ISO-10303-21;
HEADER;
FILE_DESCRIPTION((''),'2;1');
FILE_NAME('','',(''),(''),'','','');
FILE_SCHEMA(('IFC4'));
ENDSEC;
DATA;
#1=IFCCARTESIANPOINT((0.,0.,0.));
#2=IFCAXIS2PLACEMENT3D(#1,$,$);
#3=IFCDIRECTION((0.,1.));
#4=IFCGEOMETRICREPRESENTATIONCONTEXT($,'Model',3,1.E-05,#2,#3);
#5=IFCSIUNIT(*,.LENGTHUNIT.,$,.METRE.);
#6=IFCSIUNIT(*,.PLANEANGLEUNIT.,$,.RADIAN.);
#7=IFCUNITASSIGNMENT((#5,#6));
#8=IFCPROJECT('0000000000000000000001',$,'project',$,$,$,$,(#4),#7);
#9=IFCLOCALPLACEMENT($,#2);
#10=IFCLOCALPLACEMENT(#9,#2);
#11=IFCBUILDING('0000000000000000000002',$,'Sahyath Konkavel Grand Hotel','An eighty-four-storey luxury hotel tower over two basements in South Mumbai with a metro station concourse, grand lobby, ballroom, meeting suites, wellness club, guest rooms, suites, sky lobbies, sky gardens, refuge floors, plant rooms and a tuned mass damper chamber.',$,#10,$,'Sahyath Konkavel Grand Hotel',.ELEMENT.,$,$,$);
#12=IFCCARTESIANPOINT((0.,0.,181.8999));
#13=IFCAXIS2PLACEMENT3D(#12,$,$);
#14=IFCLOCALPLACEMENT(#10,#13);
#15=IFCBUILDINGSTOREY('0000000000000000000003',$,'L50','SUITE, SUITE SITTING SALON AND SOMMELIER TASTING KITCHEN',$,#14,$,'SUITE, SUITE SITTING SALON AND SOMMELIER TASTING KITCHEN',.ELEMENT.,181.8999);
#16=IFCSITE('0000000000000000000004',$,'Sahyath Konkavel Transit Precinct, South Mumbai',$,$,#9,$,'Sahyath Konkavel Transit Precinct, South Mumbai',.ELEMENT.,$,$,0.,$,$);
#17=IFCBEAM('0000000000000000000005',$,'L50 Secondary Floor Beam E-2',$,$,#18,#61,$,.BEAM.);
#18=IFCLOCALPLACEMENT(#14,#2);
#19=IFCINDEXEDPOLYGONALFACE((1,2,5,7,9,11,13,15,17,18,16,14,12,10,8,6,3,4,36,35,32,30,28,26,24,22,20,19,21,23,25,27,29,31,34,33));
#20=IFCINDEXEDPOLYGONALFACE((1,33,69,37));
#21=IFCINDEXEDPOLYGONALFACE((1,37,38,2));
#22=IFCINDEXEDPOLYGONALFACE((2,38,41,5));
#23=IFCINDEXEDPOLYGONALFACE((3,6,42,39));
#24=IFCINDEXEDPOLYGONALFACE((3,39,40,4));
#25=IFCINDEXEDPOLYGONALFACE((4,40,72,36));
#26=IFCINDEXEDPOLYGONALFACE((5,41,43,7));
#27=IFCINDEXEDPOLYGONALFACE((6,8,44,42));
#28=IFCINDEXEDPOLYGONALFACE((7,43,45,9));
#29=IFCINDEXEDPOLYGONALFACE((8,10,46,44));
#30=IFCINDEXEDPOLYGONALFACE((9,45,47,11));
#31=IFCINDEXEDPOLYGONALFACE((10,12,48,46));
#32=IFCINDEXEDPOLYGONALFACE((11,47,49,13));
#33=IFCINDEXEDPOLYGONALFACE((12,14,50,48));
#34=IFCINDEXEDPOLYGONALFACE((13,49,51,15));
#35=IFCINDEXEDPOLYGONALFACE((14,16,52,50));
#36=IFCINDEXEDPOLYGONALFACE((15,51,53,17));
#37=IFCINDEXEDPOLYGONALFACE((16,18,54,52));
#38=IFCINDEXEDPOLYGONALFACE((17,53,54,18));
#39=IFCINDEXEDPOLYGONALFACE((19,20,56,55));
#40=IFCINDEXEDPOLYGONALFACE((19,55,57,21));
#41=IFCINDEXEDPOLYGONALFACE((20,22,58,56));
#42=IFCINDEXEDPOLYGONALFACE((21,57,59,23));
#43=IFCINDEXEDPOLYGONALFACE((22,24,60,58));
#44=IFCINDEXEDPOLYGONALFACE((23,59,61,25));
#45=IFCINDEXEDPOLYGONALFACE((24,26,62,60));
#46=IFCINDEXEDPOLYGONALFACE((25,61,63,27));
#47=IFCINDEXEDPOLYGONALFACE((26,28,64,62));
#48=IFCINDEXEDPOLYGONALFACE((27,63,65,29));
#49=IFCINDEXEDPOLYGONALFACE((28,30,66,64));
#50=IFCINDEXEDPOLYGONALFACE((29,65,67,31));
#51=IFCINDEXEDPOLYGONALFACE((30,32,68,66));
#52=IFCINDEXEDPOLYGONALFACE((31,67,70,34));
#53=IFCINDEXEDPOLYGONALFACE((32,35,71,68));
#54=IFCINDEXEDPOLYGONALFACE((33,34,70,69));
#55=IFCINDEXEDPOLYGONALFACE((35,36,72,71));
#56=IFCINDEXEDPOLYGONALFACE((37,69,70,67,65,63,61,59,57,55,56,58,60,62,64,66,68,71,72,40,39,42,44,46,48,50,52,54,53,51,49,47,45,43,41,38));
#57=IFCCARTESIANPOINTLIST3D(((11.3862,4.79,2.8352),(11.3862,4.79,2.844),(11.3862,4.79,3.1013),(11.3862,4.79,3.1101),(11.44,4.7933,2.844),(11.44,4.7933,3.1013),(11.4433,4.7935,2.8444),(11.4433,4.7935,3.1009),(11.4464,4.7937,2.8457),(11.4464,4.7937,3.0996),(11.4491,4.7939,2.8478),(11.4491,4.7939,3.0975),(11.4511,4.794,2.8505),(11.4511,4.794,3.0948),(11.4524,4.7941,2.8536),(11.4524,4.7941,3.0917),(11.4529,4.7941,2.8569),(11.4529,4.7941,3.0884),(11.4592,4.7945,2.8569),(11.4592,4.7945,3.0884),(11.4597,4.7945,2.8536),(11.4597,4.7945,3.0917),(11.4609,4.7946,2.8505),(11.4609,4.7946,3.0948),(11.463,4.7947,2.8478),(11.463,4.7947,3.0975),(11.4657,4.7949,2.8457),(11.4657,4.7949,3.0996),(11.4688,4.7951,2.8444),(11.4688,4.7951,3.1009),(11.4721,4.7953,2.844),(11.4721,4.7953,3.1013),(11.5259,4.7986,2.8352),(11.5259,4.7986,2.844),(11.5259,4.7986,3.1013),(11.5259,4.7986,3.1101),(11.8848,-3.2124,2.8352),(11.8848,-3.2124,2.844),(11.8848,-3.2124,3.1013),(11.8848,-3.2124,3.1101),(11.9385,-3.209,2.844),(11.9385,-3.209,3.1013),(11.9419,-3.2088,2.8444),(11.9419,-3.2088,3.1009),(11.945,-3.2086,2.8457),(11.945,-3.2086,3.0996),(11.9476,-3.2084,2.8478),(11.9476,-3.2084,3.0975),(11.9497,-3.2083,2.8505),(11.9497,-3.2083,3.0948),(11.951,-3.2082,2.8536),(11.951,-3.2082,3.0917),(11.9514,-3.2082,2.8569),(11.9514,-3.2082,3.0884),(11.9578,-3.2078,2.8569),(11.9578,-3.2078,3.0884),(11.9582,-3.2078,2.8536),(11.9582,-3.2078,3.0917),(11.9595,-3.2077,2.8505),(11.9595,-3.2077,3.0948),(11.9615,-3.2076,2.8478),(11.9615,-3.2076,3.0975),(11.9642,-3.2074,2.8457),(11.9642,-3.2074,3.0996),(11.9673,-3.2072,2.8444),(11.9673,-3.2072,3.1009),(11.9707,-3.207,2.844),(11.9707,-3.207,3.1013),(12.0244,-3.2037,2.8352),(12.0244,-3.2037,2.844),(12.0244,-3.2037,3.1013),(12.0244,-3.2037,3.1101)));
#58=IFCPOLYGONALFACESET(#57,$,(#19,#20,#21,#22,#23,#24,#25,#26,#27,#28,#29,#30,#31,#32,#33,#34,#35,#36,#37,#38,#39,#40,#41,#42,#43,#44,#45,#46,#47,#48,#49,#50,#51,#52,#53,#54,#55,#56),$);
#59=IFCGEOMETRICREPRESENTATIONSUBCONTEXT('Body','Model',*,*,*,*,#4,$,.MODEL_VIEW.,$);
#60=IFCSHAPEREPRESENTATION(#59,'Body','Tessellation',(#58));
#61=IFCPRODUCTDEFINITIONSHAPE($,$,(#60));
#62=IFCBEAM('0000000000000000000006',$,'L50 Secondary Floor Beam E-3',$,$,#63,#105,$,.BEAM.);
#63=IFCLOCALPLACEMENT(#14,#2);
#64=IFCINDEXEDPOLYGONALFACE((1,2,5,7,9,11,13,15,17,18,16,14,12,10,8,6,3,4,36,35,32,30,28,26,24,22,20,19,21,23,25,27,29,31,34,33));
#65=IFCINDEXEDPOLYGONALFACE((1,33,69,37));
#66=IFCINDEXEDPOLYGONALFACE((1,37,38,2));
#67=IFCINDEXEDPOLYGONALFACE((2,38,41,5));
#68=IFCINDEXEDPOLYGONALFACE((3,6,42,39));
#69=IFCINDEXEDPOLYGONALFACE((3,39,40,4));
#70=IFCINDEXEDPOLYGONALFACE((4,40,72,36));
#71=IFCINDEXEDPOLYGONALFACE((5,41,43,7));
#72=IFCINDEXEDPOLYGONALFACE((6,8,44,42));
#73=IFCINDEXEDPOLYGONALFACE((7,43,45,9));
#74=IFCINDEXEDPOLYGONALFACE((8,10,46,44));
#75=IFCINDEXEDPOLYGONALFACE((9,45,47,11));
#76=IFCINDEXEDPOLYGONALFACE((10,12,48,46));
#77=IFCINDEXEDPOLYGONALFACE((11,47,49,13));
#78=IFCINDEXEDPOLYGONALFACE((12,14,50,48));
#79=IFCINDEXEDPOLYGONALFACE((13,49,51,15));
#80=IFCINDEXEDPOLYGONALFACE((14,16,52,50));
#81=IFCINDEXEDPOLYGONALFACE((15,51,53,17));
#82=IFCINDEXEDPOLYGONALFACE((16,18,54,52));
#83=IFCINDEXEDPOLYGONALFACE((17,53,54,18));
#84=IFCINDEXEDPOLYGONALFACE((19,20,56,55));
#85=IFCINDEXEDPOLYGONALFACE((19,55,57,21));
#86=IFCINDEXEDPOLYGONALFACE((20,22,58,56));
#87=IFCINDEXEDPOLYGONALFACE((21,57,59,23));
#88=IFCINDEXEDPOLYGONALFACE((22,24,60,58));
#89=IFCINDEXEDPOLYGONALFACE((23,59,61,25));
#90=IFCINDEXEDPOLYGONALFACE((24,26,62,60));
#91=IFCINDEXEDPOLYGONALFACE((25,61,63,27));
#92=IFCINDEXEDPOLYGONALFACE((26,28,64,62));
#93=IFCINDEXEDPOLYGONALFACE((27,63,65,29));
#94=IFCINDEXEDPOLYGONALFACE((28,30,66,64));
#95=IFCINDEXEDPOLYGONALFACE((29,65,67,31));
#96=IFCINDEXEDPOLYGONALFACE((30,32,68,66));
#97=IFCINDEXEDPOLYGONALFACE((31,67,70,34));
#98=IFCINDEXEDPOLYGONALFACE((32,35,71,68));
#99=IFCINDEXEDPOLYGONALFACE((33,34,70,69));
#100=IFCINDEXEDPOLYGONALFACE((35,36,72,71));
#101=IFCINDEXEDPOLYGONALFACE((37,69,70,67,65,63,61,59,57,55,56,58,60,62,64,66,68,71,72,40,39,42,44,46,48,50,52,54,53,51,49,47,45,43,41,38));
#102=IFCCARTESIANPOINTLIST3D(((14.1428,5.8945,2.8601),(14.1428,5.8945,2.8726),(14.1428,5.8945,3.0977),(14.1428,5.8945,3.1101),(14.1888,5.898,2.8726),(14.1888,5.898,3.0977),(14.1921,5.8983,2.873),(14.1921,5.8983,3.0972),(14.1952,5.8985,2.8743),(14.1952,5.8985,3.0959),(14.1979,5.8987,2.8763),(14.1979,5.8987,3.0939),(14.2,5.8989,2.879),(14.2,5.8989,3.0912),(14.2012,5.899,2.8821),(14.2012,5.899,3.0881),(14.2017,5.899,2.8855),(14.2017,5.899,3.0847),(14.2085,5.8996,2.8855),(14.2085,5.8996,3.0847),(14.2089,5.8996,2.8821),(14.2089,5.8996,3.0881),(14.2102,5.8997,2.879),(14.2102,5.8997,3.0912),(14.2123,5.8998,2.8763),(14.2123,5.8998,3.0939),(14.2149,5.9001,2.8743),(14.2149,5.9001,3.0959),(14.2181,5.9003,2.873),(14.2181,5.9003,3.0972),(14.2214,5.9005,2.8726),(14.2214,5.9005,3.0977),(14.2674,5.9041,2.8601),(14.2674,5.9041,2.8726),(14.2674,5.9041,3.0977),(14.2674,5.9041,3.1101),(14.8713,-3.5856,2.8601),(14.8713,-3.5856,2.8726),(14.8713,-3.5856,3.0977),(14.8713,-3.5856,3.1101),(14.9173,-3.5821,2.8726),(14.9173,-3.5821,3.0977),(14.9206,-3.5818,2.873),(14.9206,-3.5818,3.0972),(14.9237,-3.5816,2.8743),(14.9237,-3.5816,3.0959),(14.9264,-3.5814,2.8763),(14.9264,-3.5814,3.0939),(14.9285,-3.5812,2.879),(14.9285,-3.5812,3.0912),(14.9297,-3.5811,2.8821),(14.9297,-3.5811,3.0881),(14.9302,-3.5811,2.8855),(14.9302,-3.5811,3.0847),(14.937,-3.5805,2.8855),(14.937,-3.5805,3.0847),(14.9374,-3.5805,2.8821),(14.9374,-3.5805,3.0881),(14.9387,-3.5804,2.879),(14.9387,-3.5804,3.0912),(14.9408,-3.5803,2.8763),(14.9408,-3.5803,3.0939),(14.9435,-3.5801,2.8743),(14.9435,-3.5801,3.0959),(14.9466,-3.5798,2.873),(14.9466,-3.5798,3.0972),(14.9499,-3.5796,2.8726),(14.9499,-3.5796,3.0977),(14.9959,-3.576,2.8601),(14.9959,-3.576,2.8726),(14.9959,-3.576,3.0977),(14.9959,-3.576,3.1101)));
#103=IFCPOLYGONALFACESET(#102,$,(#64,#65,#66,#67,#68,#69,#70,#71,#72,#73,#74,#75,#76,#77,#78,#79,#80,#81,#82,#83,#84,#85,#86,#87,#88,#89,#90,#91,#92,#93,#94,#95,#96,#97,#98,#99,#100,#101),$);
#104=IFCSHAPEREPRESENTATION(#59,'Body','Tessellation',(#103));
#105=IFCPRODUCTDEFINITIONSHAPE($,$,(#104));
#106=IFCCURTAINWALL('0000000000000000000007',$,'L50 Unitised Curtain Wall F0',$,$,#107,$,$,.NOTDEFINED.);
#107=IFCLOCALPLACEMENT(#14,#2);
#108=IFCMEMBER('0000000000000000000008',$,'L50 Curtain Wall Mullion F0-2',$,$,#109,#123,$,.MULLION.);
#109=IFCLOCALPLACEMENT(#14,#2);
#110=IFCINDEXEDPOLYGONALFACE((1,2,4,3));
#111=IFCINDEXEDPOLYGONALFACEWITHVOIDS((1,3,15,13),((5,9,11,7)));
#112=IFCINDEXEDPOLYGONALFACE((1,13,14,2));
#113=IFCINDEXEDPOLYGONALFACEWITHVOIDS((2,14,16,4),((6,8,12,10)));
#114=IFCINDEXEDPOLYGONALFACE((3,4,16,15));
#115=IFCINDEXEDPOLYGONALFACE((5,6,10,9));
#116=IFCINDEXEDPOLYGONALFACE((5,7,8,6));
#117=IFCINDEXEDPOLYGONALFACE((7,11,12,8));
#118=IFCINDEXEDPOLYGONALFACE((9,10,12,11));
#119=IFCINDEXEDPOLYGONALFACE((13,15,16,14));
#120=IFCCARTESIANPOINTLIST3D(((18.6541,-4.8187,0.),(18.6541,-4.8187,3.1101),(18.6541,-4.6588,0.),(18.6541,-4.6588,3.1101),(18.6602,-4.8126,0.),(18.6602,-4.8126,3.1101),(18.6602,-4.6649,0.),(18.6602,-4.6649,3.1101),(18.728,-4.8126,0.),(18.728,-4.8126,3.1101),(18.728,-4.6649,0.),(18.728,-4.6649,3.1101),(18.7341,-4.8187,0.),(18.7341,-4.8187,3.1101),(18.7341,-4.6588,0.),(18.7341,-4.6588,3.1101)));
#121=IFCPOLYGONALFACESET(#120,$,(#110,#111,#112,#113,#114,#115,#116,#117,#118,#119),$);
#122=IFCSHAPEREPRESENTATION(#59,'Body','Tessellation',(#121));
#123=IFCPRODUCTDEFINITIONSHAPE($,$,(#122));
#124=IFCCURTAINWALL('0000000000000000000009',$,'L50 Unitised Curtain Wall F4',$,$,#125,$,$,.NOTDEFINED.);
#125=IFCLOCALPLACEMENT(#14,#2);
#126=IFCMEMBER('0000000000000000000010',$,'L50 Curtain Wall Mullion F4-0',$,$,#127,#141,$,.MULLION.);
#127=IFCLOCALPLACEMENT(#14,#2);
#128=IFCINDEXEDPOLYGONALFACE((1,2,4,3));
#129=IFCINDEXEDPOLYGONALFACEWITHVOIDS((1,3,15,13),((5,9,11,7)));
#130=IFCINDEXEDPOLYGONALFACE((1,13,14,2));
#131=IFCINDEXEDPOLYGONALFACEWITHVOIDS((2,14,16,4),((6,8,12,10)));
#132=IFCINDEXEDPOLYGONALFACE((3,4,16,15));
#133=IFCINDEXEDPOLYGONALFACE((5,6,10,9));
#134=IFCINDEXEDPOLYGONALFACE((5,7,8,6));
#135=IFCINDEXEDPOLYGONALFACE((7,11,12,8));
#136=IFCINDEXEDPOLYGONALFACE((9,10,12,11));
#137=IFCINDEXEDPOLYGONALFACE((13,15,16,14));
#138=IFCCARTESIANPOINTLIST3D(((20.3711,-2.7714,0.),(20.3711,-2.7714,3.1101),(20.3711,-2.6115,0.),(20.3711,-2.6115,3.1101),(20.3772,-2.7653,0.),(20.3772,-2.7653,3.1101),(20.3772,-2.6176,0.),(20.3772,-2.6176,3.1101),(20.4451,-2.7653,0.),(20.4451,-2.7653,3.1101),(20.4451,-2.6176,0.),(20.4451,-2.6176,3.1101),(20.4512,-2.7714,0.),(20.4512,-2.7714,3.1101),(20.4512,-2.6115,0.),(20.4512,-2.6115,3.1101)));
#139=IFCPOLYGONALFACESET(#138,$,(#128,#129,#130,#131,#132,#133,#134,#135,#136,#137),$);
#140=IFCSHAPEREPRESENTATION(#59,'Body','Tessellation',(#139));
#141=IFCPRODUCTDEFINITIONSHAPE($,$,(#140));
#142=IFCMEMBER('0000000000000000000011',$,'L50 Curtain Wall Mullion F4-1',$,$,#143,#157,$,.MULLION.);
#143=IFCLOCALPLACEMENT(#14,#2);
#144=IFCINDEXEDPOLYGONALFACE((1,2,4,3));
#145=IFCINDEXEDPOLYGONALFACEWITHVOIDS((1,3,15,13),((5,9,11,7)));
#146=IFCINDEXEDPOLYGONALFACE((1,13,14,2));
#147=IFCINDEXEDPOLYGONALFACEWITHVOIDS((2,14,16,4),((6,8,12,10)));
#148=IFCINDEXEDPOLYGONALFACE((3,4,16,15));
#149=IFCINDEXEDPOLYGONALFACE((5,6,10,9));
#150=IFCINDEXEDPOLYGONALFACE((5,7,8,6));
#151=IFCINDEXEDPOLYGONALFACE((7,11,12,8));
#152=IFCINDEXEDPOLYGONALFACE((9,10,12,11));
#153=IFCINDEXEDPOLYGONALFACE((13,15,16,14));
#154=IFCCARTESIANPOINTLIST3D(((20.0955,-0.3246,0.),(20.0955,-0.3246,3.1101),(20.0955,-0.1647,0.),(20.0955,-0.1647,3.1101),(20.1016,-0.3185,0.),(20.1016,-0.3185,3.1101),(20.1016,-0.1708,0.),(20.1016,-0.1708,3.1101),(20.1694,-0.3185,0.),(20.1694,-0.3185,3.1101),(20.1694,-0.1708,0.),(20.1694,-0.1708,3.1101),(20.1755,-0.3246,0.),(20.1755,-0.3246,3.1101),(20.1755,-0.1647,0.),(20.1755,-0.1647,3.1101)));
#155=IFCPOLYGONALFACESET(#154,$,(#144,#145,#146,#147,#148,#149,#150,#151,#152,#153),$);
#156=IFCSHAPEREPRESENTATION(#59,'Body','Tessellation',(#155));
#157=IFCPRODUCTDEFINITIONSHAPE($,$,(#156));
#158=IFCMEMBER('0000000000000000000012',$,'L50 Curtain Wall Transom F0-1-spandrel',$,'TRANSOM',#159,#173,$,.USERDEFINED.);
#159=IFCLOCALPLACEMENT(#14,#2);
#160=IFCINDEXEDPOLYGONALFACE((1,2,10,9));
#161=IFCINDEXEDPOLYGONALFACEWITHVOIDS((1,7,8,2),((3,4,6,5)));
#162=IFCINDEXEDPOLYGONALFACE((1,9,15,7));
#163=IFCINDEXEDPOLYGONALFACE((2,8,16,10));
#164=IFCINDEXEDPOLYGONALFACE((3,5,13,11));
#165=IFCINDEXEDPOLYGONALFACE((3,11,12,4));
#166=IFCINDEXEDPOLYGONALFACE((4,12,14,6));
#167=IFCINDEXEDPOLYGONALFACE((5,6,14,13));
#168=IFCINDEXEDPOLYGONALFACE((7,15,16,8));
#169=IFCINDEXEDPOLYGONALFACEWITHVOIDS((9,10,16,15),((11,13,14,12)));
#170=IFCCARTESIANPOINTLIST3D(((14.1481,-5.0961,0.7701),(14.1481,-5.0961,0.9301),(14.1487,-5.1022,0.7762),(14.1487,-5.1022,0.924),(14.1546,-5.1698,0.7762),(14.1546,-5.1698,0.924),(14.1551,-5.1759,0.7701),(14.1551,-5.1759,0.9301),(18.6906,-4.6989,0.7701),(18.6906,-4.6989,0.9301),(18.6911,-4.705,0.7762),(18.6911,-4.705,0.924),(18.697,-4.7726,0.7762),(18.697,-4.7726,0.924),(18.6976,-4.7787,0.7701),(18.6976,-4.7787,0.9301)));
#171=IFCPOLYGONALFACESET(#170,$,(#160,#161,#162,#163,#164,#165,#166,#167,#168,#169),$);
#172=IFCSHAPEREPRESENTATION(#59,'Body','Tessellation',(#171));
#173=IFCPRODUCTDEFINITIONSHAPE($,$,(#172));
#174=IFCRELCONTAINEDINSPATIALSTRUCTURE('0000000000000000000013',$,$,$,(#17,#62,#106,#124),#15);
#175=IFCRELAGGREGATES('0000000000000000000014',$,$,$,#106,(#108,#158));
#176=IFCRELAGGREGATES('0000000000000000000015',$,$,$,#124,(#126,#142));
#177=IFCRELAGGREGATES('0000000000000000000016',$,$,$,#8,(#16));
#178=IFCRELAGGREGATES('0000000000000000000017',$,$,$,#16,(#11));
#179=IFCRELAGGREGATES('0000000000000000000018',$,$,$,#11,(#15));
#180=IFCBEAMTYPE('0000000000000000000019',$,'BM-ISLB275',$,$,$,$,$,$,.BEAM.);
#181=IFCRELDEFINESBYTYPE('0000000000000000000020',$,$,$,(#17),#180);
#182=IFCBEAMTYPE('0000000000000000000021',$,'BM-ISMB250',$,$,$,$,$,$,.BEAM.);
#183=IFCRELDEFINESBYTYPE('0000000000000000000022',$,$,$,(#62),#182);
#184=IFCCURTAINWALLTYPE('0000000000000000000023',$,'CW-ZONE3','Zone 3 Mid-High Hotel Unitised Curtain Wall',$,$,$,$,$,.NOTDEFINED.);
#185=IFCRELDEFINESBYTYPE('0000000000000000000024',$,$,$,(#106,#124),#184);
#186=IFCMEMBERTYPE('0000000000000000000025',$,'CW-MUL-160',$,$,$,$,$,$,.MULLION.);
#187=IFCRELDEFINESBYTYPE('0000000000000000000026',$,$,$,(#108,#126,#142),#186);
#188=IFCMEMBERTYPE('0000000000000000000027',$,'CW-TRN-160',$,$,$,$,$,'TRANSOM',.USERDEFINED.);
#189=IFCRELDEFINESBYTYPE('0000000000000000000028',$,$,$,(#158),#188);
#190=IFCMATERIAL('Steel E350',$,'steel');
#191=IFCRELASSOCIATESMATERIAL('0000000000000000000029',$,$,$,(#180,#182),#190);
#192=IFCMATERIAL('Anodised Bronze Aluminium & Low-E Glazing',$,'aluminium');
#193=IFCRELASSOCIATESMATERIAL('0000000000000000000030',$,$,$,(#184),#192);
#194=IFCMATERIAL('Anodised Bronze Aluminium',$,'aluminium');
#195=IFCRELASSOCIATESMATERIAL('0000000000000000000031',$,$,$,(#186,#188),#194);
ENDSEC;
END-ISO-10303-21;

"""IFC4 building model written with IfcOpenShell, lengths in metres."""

from ifc_helpers import new_model, si_unit, direction, frame, origin, origin_2d, place, context, subcontext, project, spatial, hollow_rectangle, i_section, extrude, source, transform, mapped, material, material_profile, profile_set, type_object, element, aggregate, save


model = new_model("IFC4")

# Units and contexts
model_context = context("Model", 3, precision=1e-05, world=origin(), true_north=direction((0.0, 1.0)))
body_context = subcontext(model_context, "Body", "Model", "MODEL_VIEW")
ifc_project = project(units=[si_unit("LENGTHUNIT", "METRE"), si_unit("PLANEANGLEUNIT", "RADIAN")], contexts=[model_context])

# Site, building, storey
site_placement = place(None, origin())
site = spatial("IfcSite", under=ifc_project, at=site_placement, Name="Sahyath Konkavel Transit Precinct, South Mumbai", LongName="Sahyath Konkavel Transit Precinct, South Mumbai", CompositionType="ELEMENT", RefElevation=0.0)
building_placement = place(site_placement, origin())
building = spatial("IfcBuilding", under=site, at=building_placement, Name="Sahyath Konkavel Grand Hotel", Description="An eighty-four-storey luxury hotel tower over two basements in South Mumbai with a metro station concourse, grand lobby, ballroom, meeting suites, wellness club, guest rooms, suites, sky lobbies, sky gardens, refuge floors, plant rooms and a tuned mass damper chamber.", LongName="Sahyath Konkavel Grand Hotel", CompositionType="ELEMENT")
storey_placement = place(building_placement, frame((0.0, 0.0, 181.8999)))
storey = spatial("IfcBuildingStorey", under=building, at=storey_placement, Name="L50", Description="SUITE, SUITE SITTING SALON AND SOMMELIER TASTING KITCHEN", LongName="SUITE, SUITE SITTING SALON AND SOMMELIER TASTING KITCHEN", CompositionType="ELEMENT", Elevation=181.8999)

# Beams
ifc_material_1 = material(Name="Steel E350", Category="steel")
ifc_material_profile_1 = material_profile(ifc_material_1, i_section(OverallWidth=0.1399, OverallDepth=0.2749, WebThickness=0.0063, FlangeThickness=0.0088, FilletRadius=0.0129, at=origin_2d()), Name="ISLB 275")
ifc_profile_set_1 = profile_set([ifc_material_profile_1], Name="Steel E350")
beam_type_1 = type_object("IfcBeamType", Name="BM-ISLB275", PredefinedType="BEAM", material=ifc_profile_set_1)
shared_shape_1 = source(origin(), body_context, "Body", "SweptSolid", [
    extrude(i_section(OverallWidth=0.1399, OverallDepth=0.2749, WebThickness=0.0063, FlangeThickness=0.0088, FilletRadius=0.0129, at=origin_2d()), origin(), (0.0, 0.0, 1.0), 8.0178),
])
beam_1_placement = place(storey_placement, frame((11.9546, -3.208, 2.9727), z_axis=(-0.062179, 0.998065, 0.0), x_axis=(-0.998065, -0.062179, 0.0)))
element("IfcBeam", 1, at=beam_1_placement, inside=storey, type_object=beam_type_1, Name="L50 Secondary Floor Beam E-2", PredefinedType="BEAM", context=body_context, shape_type="MappedRepresentation", body=[
    mapped(shared_shape_1, transform((0.0, 0.0, 0.0), scale=1.0)),
])
ifc_material_profile_2 = material_profile(ifc_material_1, i_section(OverallWidth=0.125, OverallDepth=0.25, WebThickness=0.0068, FlangeThickness=0.0125, FilletRadius=0.0129, at=origin_2d()), Name="ISMB 250")
ifc_profile_set_2 = profile_set([ifc_material_profile_2], Name="Steel E350")
beam_type_2 = type_object("IfcBeamType", Name="BM-ISMB250", PredefinedType="BEAM", material=ifc_profile_set_2)
shared_shape_2 = source(origin(), body_context, "Body", "SweptSolid", [
    extrude(i_section(OverallWidth=0.125, OverallDepth=0.25, WebThickness=0.0068, FlangeThickness=0.0125, FilletRadius=0.0129, at=origin_2d()), origin(), (0.0, 0.0, 1.0), 9.5081),
])
beam_2_placement = place(storey_placement, frame((14.9336, -3.5808, 2.9851), z_axis=(-0.07662, 0.99706, 0.0), x_axis=(-0.99706, -0.07662, 0.0)))
element("IfcBeam", 2, at=beam_2_placement, inside=storey, type_object=beam_type_2, Name="L50 Secondary Floor Beam E-3", PredefinedType="BEAM", context=body_context, shape_type="MappedRepresentation", body=[
    mapped(shared_shape_2, transform((0.0, 0.0, 0.0), scale=1.0)),
])

# Curtain wall, member
ifc_material_2 = material(Name="Anodised Bronze Aluminium & Low-E Glazing", Category="aluminium")
curtain_wall_type = type_object("IfcCurtainWallType", Name="CW-ZONE3", Description="Zone 3 Mid-High Hotel Unitised Curtain Wall", PredefinedType="NOTDEFINED", material=ifc_material_2)
curtain_wall_1_placement = place(storey_placement, origin())
curtain_wall_1 = element("IfcCurtainWall", 3, at=curtain_wall_1_placement, inside=storey, type_object=curtain_wall_type, Name="L50 Unitised Curtain Wall F0", PredefinedType="NOTDEFINED")
ifc_material_3 = material(Name="Anodised Bronze Aluminium", Category="aluminium")
ifc_material_profile_3 = material_profile(ifc_material_3, hollow_rectangle(XDim=0.0801, YDim=0.1599, WallThickness=0.0061, at=origin_2d()), Name="RHS 160x80x6")
ifc_profile_set_3 = profile_set([ifc_material_profile_3], Name="Anodised Bronze Aluminium")
member_type_1 = type_object("IfcMemberType", Name="CW-MUL-160", PredefinedType="MULLION", material=ifc_profile_set_3)
shared_shape_3 = source(origin(), body_context, "Body", "SweptSolid", [
    extrude(hollow_rectangle(XDim=0.0801, YDim=0.1599, WallThickness=0.0061, at=origin_2d()), origin(), (0.0, 0.0, 1.0), 3.1101),
])
member_1_placement = place(storey_placement, frame((18.6941, -4.7388, 0.0), z_axis=(0.0, 0.0, 1.0), x_axis=(1.0, 0.0, 0.0)))
member_1 = element("IfcMember", 4, at=member_1_placement, type_object=member_type_1, Name="L50 Curtain Wall Mullion F0-2", PredefinedType="MULLION", context=body_context, shape_type="MappedRepresentation", body=[
    mapped(shared_shape_3, transform((0.0, 0.0, 0.0), scale=1.0)),
])

# Curtain wall, members
curtain_wall_2_placement = place(storey_placement, origin())
curtain_wall_2 = element("IfcCurtainWall", 5, at=curtain_wall_2_placement, inside=storey, type_object=curtain_wall_type, Name="L50 Unitised Curtain Wall F4", PredefinedType="NOTDEFINED")
member_2_placement = place(storey_placement, frame((20.4111, -2.6914, 0.0), z_axis=(0.0, 0.0, 1.0), x_axis=(1.0, 0.0, 0.0)))
member_2 = element("IfcMember", 6, at=member_2_placement, type_object=member_type_1, Name="L50 Curtain Wall Mullion F4-0", PredefinedType="MULLION", context=body_context, shape_type="MappedRepresentation", body=[
    mapped(shared_shape_3, transform((0.0, 0.0, 0.0), scale=1.0)),
])
member_3_placement = place(storey_placement, frame((20.1355, -0.2446, 0.0), z_axis=(0.0, 0.0, 1.0), x_axis=(1.0, 0.0, 0.0)))
member_3 = element("IfcMember", 7, at=member_3_placement, type_object=member_type_1, Name="L50 Curtain Wall Mullion F4-1", PredefinedType="MULLION", context=body_context, shape_type="MappedRepresentation", body=[
    mapped(shared_shape_3, transform((0.0, 0.0, 0.0), scale=1.0)),
])

# Member
ifc_material_profile_4 = material_profile(ifc_material_3, hollow_rectangle(XDim=0.0801, YDim=0.1599, WallThickness=0.0061, at=origin_2d()), Name="RHS 160x80x6")
ifc_profile_set_4 = profile_set([ifc_material_profile_4], Name="Anodised Bronze Aluminium")
member_type_2 = type_object("IfcMemberType", Name="CW-TRN-160", ElementType="TRANSOM", PredefinedType="USERDEFINED", material=ifc_profile_set_4)
shared_shape_4 = source(origin(), body_context, "Body", "SweptSolid", [
    extrude(hollow_rectangle(XDim=0.0801, YDim=0.1599, WallThickness=0.0061, at=origin_2d()), origin(), (0.0, 0.0, 1.0), 4.5598),
])
member_4_placement = place(storey_placement, frame((14.1516, -5.136, 0.8501), z_axis=(0.996198, 0.087112, 0.0), x_axis=(-0.087112, 0.996198, 0.0)))
member_4 = element("IfcMember", 8, at=member_4_placement, type_object=member_type_2, Name="L50 Curtain Wall Transom F0-1-spandrel", ObjectType="TRANSOM", PredefinedType="USERDEFINED", context=body_context, shape_type="MappedRepresentation", body=[
    mapped(shared_shape_4, transform((0.0, 0.0, 0.0), scale=1.0)),
])

aggregate(curtain_wall_1, [member_1, member_4])
aggregate(curtain_wall_2, [member_2, member_3])

save(model, "model.ifc")
